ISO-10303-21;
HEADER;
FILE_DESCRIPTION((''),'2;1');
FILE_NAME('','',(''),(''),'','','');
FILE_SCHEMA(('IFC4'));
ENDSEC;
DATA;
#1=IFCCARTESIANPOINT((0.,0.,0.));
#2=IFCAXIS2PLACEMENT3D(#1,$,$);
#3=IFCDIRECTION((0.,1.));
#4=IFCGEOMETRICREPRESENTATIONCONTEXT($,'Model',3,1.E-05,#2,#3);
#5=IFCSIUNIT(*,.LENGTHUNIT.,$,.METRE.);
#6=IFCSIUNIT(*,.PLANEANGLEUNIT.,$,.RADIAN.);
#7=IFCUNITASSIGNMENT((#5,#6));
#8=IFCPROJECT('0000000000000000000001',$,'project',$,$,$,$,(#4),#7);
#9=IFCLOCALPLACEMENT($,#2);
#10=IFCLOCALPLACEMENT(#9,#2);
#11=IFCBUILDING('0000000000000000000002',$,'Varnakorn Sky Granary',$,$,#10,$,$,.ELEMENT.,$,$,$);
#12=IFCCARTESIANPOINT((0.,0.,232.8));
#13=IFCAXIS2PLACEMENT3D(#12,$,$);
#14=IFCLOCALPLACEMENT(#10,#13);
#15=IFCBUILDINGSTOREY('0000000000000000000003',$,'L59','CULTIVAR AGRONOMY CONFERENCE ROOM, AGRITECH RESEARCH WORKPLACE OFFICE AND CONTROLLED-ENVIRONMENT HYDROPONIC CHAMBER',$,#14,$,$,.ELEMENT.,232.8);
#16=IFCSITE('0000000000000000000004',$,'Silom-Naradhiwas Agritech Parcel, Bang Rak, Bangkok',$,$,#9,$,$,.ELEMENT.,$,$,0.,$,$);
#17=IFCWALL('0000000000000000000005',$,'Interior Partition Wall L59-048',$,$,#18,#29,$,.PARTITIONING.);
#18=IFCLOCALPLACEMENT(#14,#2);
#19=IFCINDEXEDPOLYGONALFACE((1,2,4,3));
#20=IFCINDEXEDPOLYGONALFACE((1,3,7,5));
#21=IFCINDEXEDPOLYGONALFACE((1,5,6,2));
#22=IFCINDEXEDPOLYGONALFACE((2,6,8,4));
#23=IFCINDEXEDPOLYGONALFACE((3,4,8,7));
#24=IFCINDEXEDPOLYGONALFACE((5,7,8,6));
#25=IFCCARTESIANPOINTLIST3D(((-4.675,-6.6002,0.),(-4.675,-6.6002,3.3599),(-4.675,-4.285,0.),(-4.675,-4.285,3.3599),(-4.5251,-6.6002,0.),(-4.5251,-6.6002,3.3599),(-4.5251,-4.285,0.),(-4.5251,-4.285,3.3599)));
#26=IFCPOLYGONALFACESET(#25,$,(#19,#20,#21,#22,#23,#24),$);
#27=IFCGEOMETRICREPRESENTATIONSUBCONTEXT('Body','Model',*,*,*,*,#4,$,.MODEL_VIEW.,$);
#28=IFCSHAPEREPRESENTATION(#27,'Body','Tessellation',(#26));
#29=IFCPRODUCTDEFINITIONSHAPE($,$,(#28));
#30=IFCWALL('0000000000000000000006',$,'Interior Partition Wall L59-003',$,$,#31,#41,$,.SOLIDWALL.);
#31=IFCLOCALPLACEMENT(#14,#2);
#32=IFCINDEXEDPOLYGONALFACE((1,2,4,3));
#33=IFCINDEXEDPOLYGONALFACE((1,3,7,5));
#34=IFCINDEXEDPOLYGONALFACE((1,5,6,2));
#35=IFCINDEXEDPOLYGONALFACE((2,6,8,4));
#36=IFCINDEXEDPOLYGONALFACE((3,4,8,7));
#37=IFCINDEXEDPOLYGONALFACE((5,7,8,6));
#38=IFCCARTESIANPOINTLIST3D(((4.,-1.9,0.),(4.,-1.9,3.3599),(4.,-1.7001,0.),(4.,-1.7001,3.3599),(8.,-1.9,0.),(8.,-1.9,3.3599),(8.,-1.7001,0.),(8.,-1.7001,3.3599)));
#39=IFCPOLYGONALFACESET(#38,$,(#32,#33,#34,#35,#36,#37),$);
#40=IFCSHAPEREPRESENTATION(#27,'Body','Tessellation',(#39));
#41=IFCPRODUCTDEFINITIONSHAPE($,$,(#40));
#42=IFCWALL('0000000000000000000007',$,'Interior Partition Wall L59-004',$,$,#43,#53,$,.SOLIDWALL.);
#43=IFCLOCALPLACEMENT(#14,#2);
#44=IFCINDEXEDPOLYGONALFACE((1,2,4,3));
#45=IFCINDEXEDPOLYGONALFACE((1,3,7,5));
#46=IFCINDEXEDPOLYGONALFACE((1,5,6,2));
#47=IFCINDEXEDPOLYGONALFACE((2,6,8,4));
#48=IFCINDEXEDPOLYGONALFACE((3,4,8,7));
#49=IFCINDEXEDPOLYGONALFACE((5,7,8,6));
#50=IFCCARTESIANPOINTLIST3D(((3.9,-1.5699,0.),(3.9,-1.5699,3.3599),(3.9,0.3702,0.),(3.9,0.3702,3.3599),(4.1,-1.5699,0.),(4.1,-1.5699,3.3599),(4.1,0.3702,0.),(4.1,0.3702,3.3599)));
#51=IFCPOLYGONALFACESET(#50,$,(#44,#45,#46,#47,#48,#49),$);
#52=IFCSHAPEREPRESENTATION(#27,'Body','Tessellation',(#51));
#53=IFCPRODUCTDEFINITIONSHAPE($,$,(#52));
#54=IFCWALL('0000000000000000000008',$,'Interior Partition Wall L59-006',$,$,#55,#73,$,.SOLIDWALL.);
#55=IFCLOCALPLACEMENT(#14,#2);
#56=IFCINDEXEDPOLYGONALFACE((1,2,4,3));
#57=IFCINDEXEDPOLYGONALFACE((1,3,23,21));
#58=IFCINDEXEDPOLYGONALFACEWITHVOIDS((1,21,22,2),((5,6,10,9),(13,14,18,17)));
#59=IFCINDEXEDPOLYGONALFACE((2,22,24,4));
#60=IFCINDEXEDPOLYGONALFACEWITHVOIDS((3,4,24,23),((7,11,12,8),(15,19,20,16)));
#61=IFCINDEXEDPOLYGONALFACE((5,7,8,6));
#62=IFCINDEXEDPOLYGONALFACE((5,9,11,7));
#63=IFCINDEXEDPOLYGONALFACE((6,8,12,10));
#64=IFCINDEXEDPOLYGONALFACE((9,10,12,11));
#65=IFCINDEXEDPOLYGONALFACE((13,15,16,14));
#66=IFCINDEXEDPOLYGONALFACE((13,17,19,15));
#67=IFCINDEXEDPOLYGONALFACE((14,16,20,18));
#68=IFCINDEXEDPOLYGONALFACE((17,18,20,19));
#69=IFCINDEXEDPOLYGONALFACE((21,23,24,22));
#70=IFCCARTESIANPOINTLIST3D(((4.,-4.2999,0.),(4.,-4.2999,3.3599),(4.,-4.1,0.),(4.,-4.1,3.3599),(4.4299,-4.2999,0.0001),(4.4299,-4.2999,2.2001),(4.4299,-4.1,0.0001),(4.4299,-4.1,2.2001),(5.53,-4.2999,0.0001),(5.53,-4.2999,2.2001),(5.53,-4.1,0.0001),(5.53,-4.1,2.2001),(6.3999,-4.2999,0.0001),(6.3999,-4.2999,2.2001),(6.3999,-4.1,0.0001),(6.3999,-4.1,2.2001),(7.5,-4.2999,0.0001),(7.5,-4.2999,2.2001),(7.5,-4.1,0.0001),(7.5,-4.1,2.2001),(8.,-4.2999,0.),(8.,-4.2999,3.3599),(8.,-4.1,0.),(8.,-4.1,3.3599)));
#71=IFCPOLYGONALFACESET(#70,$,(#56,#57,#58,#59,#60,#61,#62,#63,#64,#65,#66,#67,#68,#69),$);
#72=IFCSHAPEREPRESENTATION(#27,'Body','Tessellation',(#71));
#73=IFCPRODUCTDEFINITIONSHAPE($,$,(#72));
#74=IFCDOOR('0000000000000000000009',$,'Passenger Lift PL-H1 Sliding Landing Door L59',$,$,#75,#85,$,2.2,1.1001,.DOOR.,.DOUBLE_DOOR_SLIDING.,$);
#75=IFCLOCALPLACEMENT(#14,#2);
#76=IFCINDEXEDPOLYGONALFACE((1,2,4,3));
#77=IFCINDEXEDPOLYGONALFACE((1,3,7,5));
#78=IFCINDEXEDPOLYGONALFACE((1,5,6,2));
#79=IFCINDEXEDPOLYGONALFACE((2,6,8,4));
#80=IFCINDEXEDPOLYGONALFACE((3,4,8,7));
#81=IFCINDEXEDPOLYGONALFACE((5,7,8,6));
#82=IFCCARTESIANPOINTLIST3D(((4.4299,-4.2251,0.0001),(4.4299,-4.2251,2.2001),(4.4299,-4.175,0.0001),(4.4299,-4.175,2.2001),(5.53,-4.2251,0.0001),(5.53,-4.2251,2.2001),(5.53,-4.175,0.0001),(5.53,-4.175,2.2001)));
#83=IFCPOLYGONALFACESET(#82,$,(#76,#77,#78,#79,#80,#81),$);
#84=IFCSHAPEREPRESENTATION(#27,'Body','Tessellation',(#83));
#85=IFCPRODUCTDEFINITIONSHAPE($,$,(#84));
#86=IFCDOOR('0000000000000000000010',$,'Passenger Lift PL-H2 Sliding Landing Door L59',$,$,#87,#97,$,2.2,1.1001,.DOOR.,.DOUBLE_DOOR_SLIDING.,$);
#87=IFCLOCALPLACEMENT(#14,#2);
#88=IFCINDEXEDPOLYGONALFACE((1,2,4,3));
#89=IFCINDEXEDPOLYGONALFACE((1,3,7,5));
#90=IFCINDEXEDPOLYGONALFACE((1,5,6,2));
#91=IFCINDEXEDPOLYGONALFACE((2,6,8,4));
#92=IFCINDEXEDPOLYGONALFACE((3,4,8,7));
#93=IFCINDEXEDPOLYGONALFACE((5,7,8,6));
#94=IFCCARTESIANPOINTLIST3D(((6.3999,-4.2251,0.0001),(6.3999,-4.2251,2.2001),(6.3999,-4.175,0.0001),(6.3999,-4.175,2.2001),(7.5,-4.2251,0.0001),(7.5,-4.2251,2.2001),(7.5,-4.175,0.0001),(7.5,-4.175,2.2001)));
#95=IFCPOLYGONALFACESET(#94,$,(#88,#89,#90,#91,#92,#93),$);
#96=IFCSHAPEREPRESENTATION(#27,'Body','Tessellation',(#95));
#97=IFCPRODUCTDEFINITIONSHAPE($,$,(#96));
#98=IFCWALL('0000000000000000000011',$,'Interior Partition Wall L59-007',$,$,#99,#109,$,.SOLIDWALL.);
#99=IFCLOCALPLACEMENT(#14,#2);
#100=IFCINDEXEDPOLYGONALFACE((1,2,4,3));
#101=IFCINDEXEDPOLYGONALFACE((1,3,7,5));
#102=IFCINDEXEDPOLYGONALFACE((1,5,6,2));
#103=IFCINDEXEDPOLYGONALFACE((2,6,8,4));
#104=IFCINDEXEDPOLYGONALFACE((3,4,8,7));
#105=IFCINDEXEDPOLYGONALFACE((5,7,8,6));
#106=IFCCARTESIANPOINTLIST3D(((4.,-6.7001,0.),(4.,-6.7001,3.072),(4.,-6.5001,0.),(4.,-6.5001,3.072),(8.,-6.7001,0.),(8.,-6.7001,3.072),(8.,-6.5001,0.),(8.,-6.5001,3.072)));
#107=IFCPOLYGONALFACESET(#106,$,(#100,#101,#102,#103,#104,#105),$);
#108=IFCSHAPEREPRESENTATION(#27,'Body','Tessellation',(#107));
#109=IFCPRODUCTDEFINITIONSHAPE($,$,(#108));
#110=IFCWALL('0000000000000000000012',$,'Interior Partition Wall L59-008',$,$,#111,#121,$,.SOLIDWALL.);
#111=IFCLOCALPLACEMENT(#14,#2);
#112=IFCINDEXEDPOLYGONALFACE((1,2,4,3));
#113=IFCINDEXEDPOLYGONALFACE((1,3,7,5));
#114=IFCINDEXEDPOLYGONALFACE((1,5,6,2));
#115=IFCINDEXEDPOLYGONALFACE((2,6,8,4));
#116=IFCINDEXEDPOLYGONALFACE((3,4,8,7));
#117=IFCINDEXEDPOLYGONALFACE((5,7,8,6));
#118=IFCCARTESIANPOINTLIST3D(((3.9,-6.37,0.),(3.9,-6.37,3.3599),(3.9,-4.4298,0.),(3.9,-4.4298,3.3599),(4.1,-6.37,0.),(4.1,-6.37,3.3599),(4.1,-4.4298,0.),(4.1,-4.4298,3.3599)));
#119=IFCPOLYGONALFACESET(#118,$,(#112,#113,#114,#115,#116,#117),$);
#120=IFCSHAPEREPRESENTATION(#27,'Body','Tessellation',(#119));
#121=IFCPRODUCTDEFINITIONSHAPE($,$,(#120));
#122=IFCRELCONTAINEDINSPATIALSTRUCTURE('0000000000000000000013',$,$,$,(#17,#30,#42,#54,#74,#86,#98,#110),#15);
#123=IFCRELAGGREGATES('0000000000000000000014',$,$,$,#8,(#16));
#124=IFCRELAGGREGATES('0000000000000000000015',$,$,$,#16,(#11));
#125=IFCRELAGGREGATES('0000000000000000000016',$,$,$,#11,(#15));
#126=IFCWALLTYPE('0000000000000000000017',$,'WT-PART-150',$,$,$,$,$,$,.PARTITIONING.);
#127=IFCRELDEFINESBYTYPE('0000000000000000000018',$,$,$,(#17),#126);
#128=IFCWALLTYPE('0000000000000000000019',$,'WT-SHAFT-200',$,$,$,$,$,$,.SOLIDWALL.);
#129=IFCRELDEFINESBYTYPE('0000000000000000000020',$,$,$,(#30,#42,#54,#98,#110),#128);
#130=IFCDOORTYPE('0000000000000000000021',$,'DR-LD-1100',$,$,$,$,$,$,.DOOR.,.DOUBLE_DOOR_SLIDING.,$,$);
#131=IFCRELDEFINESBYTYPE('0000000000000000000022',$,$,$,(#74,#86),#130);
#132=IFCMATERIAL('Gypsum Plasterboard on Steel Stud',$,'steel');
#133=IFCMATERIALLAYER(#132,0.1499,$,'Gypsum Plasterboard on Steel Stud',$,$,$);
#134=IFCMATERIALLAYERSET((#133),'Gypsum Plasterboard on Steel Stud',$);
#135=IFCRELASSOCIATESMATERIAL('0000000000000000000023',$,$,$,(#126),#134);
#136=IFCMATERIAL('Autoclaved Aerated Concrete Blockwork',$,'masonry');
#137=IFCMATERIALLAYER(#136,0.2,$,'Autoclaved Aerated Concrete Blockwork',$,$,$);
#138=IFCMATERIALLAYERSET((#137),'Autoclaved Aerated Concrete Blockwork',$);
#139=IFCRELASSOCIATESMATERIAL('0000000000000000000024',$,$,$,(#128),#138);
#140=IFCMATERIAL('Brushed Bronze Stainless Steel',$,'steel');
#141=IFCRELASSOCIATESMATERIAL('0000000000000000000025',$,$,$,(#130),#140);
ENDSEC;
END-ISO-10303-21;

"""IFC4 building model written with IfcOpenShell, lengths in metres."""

from ifc_helpers import new_model, si_unit, direction, frame, frame_2d, origin, place, context, subcontext, project, spatial, rectangle, extrude, material, layer, layer_set, type_object, element, fill, save


model = new_model("IFC4")

# Units and contexts
model_context = context("Model", 3, precision=1e-05, world=origin(), true_north=direction((0.0, 1.0)))
body_context = subcontext(model_context, "Body", "Model", "MODEL_VIEW")
ifc_project = project(units=[si_unit("LENGTHUNIT", "METRE"), si_unit("PLANEANGLEUNIT", "RADIAN")], contexts=[model_context])

# Site, building, storey
site_placement = place(None, origin())
site = spatial("IfcSite", under=ifc_project, at=site_placement, Name="Silom-Naradhiwas Agritech Parcel, Bang Rak, Bangkok", CompositionType="ELEMENT", RefElevation=0.0)
building_placement = place(site_placement, origin())
building = spatial("IfcBuilding", under=site, at=building_placement, Name="Varnakorn Sky Granary", CompositionType="ELEMENT")
storey_placement = place(building_placement, frame((0.0, 0.0, 232.8)))
storey = spatial("IfcBuildingStorey", under=building, at=storey_placement, Name="L59", Description="CULTIVAR AGRONOMY CONFERENCE ROOM, AGRITECH RESEARCH WORKPLACE OFFICE AND CONTROLLED-ENVIRONMENT HYDROPONIC CHAMBER", CompositionType="ELEMENT", Elevation=232.8)

# Shared definitions
ifc_material_1 = material(Name="Autoclaved Aerated Concrete Blockwork", Category="masonry")

# Shared definitions
ifc_material_2 = material(Name="Gypsum Plasterboard on Steel Stud", Category="steel")
ifc_layer_1 = layer(ifc_material_2, 0.1499, Name="Gypsum Plasterboard on Steel Stud")
ifc_layer_set_1 = layer_set([ifc_layer_1], Name="Gypsum Plasterboard on Steel Stud")
wall_type_1 = type_object("IfcWallType", Name="WT-PART-150", PredefinedType="PARTITIONING", material=ifc_layer_set_1)

# Walls
wall_1_placement = place(storey_placement, frame((-4.6001, -4.2849, 0.0), z_axis=(0.0, 0.0, 1.0), x_axis=(0.0, -1.0, 0.0)))
element("IfcWall", 1, at=wall_1_placement, inside=storey, type_object=wall_type_1, Name="Interior Partition Wall L59-048", PredefinedType="PARTITIONING", context=body_context, shape_type="SweptSolid", body=[
    extrude(rectangle(XDim=2.3152, YDim=0.1499, at=frame_2d((1.1577, 0.0))), origin(), (0.0, 0.0, 1.0), 3.3599),
])
ifc_layer_2 = layer(ifc_material_1, 0.2, Name="Autoclaved Aerated Concrete Blockwork")
ifc_layer_set_2 = layer_set([ifc_layer_2], Name="Autoclaved Aerated Concrete Blockwork")
wall_type_2 = type_object("IfcWallType", Name="WT-SHAFT-200", PredefinedType="SOLIDWALL", material=ifc_layer_set_2)
wall_2_placement = place(storey_placement, frame((4.0, -1.8, 0.0), z_axis=(0.0, 0.0, 1.0), x_axis=(1.0, 0.0, 0.0)))
element("IfcWall", 2, at=wall_2_placement, inside=storey, type_object=wall_type_2, Name="Interior Partition Wall L59-003", PredefinedType="SOLIDWALL", context=body_context, shape_type="SweptSolid", body=[
    extrude(rectangle(XDim=4.0, YDim=0.2, at=frame_2d((2.0, 0.0))), origin(), (0.0, 0.0, 1.0), 3.3599),
])
wall_3_placement = place(storey_placement, frame((4.0, -1.5701, 0.0), z_axis=(0.0, 0.0, 1.0), x_axis=(0.0, 1.0, 0.0)))
element("IfcWall", 3, at=wall_3_placement, inside=storey, type_object=wall_type_2, Name="Interior Partition Wall L59-004", PredefinedType="SOLIDWALL", context=body_context, shape_type="SweptSolid", body=[
    extrude(rectangle(XDim=1.9402, YDim=0.2, at=frame_2d((0.9702, 0.0))), origin(), (0.0, 0.0, 1.0), 3.3599),
])

# Wall, openings, doors
wall_4_placement = place(storey_placement, frame((4.0, -4.2, 0.0), z_axis=(0.0, 0.0, 1.0), x_axis=(1.0, 0.0, 0.0)))
wall_4 = element("IfcWall", 4, at=wall_4_placement, inside=storey, type_object=wall_type_2, Name="Interior Partition Wall L59-006", PredefinedType="SOLIDWALL", context=body_context, shape_type="SweptSolid", body=[
    extrude(rectangle(XDim=4.0, YDim=0.2, at=frame_2d((2.0, 0.0))), origin(), (0.0, 0.0, 1.0), 3.3599),
])
opening_1_placement = place(wall_4_placement, frame((0.4299, 0.0, 0.0)))
opening_1 = element("IfcOpeningElement", 5, at=opening_1_placement, cuts=wall_4, PredefinedType="OPENING", context=body_context, shape_type="SweptSolid", body=[
    extrude(rectangle(XDim=1.1001, YDim=2.2, at=frame_2d((0.55, 1.1001))), frame((0.0, 0.1099, 0.0), z_axis=(0.0, -1.0, 0.0), x_axis=(1.0, 0.0, 0.0)), (0.0, 0.0, 1.0), 0.22),
])
opening_2_placement = place(wall_4_placement, frame((2.3999, 0.0, 0.0)))
opening_2 = element("IfcOpeningElement", 6, at=opening_2_placement, cuts=wall_4, PredefinedType="OPENING", context=body_context, shape_type="SweptSolid", body=[
    extrude(rectangle(XDim=1.1001, YDim=2.2, at=frame_2d((0.55, 1.1001))), frame((0.0, 0.1099, 0.0), z_axis=(0.0, -1.0, 0.0), x_axis=(1.0, 0.0, 0.0)), (0.0, 0.0, 1.0), 0.22),
])
ifc_material_3 = material(Name="Brushed Bronze Stainless Steel", Category="steel")
door_type_1 = type_object("IfcDoorType", Name="DR-LD-1100", OperationType="DOUBLE_DOOR_SLIDING", PredefinedType="DOOR", material=ifc_material_3)
door_1_placement = place(opening_1_placement, origin())
door_1 = element("IfcDoor", 7, at=door_1_placement, inside=storey, type_object=door_type_1, Name="Passenger Lift PL-H1 Sliding Landing Door L59", OperationType="DOUBLE_DOOR_SLIDING", OverallHeight=2.2, OverallWidth=1.1001, PredefinedType="DOOR", context=body_context, shape_type="SweptSolid", body=[
    extrude(rectangle(XDim=1.1001, YDim=2.2, at=frame_2d((0.55, 1.1001))), frame((0.0, 0.0249, 0.0), z_axis=(0.0, -1.0, 0.0), x_axis=(1.0, 0.0, 0.0)), (0.0, 0.0, 1.0), 0.05),
])
fill(opening_1, door_1)
door_2_placement = place(opening_2_placement, origin())
door_2 = element("IfcDoor", 8, at=door_2_placement, inside=storey, type_object=door_type_1, Name="Passenger Lift PL-H2 Sliding Landing Door L59", OperationType="DOUBLE_DOOR_SLIDING", OverallHeight=2.2, OverallWidth=1.1001, PredefinedType="DOOR", context=body_context, shape_type="SweptSolid", body=[
    extrude(rectangle(XDim=1.1001, YDim=2.2, at=frame_2d((0.55, 1.1001))), frame((0.0, 0.0249, 0.0), z_axis=(0.0, -1.0, 0.0), x_axis=(1.0, 0.0, 0.0)), (0.0, 0.0, 1.0), 0.05),
])
fill(opening_2, door_2)

# Walls
wall_5_placement = place(storey_placement, frame((4.0, -6.6001, 0.0), z_axis=(0.0, 0.0, 1.0), x_axis=(1.0, 0.0, 0.0)))
element("IfcWall", 9, at=wall_5_placement, inside=storey, type_object=wall_type_2, Name="Interior Partition Wall L59-007", PredefinedType="SOLIDWALL", context=body_context, shape_type="SweptSolid", body=[
    extrude(rectangle(XDim=4.0, YDim=0.2, at=frame_2d((2.0, 0.0))), origin(), (0.0, 0.0, 1.0), 3.072),
])
wall_6_placement = place(storey_placement, frame((4.0, -6.3701, 0.0), z_axis=(0.0, 0.0, 1.0), x_axis=(0.0, 1.0, 0.0)))
element("IfcWall", 10, at=wall_6_placement, inside=storey, type_object=wall_type_2, Name="Interior Partition Wall L59-008", PredefinedType="SOLIDWALL", context=body_context, shape_type="SweptSolid", body=[
    extrude(rectangle(XDim=1.9402, YDim=0.2, at=frame_2d((0.9702, 0.0))), origin(), (0.0, 0.0, 1.0), 3.3599),
])

save(model, "model.ifc")
